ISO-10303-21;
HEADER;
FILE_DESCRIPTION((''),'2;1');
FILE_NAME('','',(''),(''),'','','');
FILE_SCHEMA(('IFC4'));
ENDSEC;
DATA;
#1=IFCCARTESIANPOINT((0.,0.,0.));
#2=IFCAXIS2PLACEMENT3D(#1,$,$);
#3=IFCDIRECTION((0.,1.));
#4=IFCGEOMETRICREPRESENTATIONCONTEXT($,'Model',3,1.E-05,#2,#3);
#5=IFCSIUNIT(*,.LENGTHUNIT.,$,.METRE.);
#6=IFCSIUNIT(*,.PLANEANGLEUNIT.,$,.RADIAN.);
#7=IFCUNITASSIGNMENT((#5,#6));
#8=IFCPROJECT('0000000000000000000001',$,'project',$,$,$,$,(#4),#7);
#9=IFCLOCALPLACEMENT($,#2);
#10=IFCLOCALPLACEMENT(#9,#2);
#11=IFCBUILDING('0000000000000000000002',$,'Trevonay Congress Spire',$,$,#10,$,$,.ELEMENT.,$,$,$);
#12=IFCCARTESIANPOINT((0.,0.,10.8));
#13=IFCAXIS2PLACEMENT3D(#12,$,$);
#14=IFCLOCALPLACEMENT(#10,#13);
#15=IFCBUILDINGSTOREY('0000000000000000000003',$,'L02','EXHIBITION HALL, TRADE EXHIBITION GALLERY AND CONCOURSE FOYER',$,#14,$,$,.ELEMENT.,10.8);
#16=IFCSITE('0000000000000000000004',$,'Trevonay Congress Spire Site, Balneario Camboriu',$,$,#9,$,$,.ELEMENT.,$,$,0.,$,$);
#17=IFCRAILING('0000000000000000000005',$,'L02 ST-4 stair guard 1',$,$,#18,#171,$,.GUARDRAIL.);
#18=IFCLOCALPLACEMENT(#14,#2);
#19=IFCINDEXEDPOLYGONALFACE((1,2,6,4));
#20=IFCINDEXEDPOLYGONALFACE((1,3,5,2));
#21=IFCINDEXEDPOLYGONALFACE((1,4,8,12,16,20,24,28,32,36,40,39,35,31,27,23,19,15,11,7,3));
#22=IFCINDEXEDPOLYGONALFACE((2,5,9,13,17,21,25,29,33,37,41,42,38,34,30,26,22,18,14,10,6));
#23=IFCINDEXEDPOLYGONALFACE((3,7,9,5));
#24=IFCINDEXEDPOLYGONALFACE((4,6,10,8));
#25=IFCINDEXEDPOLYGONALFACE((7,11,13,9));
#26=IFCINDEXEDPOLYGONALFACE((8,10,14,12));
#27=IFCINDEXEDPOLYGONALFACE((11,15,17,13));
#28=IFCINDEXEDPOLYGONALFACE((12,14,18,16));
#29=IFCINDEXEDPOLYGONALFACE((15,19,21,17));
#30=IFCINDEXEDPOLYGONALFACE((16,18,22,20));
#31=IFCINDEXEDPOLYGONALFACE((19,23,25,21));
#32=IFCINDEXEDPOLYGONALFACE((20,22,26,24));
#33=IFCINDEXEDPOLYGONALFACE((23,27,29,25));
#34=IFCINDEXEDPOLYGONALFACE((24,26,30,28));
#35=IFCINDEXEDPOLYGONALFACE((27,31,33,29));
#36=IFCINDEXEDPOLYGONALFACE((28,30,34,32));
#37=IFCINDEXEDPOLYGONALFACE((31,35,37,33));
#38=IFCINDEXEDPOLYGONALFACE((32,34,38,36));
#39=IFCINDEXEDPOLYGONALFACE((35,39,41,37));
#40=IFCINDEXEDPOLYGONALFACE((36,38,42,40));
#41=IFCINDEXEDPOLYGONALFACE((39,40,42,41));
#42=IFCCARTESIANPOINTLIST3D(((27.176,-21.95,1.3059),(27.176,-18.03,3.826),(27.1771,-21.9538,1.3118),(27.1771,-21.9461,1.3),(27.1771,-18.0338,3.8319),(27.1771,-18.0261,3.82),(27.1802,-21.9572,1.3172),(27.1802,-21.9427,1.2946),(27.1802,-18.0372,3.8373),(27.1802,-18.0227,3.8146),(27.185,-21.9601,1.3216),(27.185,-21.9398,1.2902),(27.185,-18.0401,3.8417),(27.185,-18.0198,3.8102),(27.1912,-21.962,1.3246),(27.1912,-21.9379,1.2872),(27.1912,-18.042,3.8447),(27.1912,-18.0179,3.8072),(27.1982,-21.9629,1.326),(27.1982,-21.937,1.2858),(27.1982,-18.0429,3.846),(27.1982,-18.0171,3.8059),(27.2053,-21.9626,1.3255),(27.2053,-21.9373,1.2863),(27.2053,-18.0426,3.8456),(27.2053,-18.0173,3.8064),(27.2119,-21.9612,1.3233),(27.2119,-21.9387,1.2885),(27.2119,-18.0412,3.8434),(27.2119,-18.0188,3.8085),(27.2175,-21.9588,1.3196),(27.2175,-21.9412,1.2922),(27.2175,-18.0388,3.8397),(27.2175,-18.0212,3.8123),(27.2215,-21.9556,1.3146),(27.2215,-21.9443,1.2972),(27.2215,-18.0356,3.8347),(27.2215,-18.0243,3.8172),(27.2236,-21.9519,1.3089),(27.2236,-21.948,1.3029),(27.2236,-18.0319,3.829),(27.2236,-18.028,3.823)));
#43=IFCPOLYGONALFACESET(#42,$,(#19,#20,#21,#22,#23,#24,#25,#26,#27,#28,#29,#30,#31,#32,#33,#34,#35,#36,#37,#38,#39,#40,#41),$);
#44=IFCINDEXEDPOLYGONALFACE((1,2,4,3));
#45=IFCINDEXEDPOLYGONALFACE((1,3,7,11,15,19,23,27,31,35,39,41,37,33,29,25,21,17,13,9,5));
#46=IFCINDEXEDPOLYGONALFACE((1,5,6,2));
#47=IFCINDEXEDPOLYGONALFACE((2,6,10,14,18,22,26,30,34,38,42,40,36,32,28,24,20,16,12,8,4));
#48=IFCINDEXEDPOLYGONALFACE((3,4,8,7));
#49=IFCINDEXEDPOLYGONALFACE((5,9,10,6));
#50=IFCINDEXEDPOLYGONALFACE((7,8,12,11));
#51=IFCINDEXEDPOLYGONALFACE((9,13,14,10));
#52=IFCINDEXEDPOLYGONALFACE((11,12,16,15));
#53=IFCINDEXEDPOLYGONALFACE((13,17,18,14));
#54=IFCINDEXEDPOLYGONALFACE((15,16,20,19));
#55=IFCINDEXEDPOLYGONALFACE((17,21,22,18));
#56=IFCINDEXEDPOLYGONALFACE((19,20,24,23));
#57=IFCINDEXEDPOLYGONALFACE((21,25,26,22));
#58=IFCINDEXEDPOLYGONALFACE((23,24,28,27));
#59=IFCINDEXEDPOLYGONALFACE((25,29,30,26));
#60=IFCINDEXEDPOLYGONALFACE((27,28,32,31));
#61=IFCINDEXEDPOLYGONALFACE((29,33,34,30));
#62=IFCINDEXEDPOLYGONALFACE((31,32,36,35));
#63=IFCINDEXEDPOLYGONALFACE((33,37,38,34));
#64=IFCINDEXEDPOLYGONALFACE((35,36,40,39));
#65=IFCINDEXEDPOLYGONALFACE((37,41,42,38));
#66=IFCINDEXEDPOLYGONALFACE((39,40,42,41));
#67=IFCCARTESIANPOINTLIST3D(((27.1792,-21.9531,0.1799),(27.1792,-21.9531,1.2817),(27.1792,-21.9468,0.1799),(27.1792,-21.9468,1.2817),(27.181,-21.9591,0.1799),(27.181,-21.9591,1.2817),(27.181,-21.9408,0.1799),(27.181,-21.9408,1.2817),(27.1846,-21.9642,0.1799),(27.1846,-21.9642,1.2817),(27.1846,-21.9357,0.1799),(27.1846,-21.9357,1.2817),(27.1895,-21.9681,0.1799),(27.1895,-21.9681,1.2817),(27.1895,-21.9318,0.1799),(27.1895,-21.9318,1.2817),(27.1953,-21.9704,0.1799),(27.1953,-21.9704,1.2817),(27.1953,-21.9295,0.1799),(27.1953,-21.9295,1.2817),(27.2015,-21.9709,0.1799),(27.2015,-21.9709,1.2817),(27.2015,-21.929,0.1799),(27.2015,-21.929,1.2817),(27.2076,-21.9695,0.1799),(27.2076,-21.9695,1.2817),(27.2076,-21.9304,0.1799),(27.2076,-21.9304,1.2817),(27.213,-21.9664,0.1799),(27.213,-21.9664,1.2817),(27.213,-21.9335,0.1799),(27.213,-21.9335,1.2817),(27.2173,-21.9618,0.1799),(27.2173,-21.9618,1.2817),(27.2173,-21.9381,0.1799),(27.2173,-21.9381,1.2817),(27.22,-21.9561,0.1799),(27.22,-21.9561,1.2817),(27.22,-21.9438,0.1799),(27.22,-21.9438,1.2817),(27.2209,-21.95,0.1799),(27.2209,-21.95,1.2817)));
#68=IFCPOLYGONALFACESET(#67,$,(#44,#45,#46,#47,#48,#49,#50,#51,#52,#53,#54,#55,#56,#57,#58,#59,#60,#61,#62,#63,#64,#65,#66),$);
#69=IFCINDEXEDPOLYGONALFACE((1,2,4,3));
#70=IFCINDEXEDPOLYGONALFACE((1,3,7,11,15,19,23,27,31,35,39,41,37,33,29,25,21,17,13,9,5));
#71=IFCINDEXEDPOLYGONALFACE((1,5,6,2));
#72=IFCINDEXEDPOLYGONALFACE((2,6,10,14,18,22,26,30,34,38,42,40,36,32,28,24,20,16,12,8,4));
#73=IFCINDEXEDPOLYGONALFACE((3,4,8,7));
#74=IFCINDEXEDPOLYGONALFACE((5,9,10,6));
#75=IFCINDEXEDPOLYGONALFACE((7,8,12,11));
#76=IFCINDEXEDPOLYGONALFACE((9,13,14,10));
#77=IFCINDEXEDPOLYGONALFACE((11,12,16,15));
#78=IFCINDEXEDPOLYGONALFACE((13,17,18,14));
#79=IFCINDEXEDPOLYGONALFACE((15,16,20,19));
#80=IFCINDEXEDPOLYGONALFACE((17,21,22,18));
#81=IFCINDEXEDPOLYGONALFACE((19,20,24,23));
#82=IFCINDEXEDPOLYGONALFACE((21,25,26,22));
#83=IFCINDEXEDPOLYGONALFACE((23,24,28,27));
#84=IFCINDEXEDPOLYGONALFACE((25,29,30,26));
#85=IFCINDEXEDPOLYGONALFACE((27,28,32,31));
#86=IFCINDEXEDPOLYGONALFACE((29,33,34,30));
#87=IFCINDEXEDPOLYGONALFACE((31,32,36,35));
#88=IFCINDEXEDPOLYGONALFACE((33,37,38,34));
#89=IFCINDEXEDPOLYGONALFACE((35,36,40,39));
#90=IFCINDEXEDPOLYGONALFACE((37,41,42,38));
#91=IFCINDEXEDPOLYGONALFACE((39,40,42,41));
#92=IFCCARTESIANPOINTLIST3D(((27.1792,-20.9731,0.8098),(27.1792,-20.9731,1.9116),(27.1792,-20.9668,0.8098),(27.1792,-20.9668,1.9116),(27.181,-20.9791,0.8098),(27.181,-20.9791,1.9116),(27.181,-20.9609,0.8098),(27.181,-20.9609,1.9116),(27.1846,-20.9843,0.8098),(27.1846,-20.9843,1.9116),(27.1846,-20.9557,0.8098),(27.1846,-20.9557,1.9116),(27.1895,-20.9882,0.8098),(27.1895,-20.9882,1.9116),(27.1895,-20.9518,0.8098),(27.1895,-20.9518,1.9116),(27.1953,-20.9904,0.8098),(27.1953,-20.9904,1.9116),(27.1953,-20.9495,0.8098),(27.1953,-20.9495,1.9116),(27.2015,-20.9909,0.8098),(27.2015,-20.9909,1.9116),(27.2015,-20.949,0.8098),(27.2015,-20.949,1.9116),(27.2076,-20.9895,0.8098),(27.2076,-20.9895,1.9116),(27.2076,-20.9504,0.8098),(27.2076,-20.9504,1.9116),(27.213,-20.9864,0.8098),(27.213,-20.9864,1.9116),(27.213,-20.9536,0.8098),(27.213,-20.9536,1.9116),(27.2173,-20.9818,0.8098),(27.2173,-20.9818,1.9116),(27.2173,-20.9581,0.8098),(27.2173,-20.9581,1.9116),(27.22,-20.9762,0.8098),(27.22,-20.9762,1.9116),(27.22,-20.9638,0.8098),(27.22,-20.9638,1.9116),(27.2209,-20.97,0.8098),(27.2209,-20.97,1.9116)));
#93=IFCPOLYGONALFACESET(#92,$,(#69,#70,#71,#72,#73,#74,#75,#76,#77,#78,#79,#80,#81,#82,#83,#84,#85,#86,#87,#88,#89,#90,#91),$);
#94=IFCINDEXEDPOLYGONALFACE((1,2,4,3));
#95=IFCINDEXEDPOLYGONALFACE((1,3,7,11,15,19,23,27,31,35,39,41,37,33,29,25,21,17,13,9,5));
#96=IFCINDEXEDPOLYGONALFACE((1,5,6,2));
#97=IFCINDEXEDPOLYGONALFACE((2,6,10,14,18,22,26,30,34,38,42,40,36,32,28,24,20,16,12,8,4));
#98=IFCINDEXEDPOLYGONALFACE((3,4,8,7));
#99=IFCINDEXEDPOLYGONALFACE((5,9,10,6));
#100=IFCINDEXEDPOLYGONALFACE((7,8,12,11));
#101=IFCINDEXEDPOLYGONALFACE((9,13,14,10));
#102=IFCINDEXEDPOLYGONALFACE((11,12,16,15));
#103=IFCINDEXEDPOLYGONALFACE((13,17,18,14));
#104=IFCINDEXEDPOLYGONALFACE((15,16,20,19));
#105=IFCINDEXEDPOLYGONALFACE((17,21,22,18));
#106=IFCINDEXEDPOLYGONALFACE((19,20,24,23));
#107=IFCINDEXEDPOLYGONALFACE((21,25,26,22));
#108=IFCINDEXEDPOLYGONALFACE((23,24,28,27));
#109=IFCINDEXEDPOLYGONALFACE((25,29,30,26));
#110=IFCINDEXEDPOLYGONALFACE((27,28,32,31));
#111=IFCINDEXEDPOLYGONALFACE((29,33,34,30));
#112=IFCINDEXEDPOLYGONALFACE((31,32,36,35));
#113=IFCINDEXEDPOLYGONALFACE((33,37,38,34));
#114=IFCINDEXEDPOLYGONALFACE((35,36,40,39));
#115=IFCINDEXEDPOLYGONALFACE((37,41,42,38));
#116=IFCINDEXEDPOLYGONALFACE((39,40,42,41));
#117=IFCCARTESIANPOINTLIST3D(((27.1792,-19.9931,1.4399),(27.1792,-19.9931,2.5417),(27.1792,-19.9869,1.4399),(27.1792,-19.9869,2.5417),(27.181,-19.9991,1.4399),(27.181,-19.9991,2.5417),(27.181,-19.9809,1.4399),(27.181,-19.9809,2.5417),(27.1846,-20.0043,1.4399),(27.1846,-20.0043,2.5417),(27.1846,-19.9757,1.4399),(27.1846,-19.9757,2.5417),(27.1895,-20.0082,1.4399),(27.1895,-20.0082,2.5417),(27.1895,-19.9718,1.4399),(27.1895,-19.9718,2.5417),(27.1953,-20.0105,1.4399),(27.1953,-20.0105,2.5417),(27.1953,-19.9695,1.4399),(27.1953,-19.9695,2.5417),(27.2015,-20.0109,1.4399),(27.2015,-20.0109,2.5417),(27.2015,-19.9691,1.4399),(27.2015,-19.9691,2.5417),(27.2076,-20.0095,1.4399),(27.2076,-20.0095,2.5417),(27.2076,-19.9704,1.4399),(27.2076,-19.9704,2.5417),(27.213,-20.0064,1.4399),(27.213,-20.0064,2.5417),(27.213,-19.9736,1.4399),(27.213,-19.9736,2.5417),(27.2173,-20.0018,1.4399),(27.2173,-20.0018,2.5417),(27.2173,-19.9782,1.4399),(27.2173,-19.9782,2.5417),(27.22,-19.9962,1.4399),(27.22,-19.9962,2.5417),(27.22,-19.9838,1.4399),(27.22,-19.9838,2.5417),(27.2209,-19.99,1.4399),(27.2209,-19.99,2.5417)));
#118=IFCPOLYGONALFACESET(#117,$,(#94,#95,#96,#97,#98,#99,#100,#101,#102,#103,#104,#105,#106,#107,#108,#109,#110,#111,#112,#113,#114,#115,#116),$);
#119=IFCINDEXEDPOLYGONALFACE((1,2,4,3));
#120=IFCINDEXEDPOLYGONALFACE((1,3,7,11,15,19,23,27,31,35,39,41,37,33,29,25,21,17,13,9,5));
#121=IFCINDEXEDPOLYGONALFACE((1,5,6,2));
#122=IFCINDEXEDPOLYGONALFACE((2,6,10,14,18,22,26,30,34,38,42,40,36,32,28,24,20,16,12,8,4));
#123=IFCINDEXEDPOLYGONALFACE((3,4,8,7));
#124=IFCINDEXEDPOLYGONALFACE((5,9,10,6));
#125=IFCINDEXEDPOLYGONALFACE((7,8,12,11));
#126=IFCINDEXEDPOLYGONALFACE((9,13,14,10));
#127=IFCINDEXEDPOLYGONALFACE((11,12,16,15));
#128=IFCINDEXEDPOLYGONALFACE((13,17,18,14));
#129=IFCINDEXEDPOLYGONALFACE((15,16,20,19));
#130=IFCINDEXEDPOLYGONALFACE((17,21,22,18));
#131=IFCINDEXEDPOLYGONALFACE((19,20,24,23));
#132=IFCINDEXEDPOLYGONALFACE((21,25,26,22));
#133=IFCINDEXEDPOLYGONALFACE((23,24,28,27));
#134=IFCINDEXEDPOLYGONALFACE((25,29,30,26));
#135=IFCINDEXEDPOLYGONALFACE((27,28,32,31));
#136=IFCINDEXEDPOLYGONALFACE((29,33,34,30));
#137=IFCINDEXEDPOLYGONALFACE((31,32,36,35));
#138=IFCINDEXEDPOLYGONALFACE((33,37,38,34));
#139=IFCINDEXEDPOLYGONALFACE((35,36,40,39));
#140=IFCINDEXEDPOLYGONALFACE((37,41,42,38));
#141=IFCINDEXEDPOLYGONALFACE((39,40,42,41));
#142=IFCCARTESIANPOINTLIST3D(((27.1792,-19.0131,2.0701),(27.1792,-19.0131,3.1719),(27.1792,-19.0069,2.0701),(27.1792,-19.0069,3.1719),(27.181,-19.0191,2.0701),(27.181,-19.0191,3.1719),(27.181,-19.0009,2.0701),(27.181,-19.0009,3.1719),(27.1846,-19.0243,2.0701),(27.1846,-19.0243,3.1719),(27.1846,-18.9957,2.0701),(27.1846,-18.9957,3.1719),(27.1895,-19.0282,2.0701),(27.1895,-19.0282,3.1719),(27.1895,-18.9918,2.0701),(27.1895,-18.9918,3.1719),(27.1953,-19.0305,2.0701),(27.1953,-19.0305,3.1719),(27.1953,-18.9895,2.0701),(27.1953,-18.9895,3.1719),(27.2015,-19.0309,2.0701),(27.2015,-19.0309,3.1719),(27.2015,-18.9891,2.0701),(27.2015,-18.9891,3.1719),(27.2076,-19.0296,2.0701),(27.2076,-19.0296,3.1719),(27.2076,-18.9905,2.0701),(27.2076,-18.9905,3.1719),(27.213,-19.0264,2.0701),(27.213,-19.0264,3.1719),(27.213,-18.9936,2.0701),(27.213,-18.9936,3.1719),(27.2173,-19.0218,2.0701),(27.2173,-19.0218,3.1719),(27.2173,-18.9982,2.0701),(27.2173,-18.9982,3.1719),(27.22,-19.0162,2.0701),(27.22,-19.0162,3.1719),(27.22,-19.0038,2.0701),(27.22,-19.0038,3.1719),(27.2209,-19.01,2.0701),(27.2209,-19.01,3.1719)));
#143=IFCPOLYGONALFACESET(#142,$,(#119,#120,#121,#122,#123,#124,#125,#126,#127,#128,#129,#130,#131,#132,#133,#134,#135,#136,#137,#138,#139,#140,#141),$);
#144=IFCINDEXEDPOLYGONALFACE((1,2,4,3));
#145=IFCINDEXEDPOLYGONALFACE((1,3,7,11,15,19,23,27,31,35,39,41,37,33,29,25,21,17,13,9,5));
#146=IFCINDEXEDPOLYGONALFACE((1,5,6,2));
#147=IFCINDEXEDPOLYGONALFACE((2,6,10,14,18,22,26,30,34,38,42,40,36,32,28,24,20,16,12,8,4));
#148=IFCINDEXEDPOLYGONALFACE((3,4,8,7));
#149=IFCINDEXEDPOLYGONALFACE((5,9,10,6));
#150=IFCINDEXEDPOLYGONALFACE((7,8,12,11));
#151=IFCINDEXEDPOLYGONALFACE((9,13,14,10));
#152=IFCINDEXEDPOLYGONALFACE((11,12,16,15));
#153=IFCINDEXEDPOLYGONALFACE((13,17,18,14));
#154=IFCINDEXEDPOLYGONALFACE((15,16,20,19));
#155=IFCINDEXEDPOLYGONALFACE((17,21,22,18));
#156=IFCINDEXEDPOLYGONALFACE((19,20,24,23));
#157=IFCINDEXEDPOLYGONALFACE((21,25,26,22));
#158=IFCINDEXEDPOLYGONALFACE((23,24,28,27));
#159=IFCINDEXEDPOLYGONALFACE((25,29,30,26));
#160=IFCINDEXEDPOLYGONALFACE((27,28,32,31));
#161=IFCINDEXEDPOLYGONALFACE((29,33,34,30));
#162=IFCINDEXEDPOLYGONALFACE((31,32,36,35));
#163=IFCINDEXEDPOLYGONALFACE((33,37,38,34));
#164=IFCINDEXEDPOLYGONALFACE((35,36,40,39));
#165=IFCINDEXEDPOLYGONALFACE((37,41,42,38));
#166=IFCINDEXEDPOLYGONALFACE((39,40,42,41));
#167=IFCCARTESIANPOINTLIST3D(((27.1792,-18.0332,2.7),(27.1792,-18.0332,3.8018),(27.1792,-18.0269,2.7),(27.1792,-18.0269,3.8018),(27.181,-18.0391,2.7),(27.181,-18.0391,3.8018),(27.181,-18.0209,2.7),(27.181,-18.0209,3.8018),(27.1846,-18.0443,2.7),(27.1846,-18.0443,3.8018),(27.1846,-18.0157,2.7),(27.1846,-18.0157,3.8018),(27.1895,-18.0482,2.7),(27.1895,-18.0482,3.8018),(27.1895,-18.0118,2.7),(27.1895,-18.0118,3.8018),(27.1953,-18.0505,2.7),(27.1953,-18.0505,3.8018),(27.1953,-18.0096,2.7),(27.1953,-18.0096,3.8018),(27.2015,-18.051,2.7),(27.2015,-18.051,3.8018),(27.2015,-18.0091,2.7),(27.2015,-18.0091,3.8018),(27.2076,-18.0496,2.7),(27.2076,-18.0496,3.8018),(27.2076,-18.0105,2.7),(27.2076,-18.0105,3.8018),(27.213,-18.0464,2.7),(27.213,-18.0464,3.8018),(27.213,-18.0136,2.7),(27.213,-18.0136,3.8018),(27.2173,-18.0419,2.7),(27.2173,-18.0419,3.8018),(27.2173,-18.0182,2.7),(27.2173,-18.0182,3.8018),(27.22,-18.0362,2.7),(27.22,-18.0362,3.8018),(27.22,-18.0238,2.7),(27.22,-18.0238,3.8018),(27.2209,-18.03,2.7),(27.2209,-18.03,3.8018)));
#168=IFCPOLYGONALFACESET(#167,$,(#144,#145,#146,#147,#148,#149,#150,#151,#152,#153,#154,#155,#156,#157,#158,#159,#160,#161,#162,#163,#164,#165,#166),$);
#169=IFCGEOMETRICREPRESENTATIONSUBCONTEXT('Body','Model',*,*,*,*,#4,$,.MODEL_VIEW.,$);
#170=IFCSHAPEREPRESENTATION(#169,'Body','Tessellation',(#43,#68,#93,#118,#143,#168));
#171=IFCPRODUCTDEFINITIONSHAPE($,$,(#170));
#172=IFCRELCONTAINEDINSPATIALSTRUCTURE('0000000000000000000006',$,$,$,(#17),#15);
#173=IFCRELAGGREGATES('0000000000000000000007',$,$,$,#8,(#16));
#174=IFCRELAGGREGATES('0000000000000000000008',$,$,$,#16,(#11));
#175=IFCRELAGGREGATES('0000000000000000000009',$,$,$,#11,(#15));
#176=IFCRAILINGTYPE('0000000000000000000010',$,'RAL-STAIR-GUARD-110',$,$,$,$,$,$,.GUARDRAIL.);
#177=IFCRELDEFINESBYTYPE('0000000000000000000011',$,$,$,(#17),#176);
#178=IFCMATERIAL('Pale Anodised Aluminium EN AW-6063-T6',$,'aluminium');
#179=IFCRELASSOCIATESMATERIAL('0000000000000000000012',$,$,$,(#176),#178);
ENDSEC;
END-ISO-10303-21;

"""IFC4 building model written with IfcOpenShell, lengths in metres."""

from ifc_helpers import new_model, si_unit, direction, frame, origin, origin_2d, place, context, subcontext, project, spatial, circle, extrude, material, type_object, element, save


model = new_model("IFC4")

# Units and contexts
model_context = context("Model", 3, precision=1e-05, world=origin(), true_north=direction((0.0, 1.0)))
body_context = subcontext(model_context, "Body", "Model", "MODEL_VIEW")
ifc_project = project(units=[si_unit("LENGTHUNIT", "METRE"), si_unit("PLANEANGLEUNIT", "RADIAN")], contexts=[model_context])

# Site, building, storey
site_placement = place(None, origin())
site = spatial("IfcSite", under=ifc_project, at=site_placement, Name="Trevonay Congress Spire Site, Balneario Camboriu", CompositionType="ELEMENT", RefElevation=0.0)
building_placement = place(site_placement, origin())
building = spatial("IfcBuilding", under=site, at=building_placement, Name="Trevonay Congress Spire", CompositionType="ELEMENT")
storey_placement = place(building_placement, frame((0.0, 0.0, 10.8)))
storey = spatial("IfcBuildingStorey", under=building, at=storey_placement, Name="L02", Description="EXHIBITION HALL, TRADE EXHIBITION GALLERY AND CONCOURSE FOYER", CompositionType="ELEMENT", Elevation=10.8)

# Shared definitions
ifc_material_1 = material(Name="Pale Anodised Aluminium EN AW-6063-T6", Category="aluminium")

# Railing
railing_type_1 = type_object("IfcRailingType", Name="RAL-STAIR-GUARD-110", PredefinedType="GUARDRAIL", material=ifc_material_1)
railing_1_placement = place(storey_placement, frame((27.2, -21.95, 0.1799)))
element("IfcRailing", 1, at=railing_1_placement, inside=storey, type_object=railing_type_1, Name="L02 ST-4 stair guard 1", PredefinedType="GUARDRAIL", context=body_context, shape_type="SweptSolid", body=[
    extrude(circle(Radius=0.0239, at=origin_2d()), frame((0.0, 0.0, 1.126), z_axis=(0.0, 0.841172, 0.540768), x_axis=(-1.0, 0.0, 0.0)), (0.0, 0.0, 1.0), 4.6602),
    extrude(circle(Radius=0.021, at=origin_2d()), origin(), (0.0, 0.0, 1.0), 1.1018),
    extrude(circle(Radius=0.021, at=origin_2d()), frame((0.0, 0.98, 0.6299)), (0.0, 0.0, 1.0), 1.1018),
    extrude(circle(Radius=0.021, at=origin_2d()), frame((0.0, 1.96, 1.26)), (0.0, 0.0, 1.0), 1.1018),
    extrude(circle(Radius=0.021, at=origin_2d()), frame((0.0, 2.9399, 1.8901)), (0.0, 0.0, 1.0), 1.1018),
    extrude(circle(Radius=0.021, at=origin_2d()), frame((0.0, 3.9199, 2.52)), (0.0, 0.0, 1.0), 1.1018),
])

save(model, "model.ifc")
